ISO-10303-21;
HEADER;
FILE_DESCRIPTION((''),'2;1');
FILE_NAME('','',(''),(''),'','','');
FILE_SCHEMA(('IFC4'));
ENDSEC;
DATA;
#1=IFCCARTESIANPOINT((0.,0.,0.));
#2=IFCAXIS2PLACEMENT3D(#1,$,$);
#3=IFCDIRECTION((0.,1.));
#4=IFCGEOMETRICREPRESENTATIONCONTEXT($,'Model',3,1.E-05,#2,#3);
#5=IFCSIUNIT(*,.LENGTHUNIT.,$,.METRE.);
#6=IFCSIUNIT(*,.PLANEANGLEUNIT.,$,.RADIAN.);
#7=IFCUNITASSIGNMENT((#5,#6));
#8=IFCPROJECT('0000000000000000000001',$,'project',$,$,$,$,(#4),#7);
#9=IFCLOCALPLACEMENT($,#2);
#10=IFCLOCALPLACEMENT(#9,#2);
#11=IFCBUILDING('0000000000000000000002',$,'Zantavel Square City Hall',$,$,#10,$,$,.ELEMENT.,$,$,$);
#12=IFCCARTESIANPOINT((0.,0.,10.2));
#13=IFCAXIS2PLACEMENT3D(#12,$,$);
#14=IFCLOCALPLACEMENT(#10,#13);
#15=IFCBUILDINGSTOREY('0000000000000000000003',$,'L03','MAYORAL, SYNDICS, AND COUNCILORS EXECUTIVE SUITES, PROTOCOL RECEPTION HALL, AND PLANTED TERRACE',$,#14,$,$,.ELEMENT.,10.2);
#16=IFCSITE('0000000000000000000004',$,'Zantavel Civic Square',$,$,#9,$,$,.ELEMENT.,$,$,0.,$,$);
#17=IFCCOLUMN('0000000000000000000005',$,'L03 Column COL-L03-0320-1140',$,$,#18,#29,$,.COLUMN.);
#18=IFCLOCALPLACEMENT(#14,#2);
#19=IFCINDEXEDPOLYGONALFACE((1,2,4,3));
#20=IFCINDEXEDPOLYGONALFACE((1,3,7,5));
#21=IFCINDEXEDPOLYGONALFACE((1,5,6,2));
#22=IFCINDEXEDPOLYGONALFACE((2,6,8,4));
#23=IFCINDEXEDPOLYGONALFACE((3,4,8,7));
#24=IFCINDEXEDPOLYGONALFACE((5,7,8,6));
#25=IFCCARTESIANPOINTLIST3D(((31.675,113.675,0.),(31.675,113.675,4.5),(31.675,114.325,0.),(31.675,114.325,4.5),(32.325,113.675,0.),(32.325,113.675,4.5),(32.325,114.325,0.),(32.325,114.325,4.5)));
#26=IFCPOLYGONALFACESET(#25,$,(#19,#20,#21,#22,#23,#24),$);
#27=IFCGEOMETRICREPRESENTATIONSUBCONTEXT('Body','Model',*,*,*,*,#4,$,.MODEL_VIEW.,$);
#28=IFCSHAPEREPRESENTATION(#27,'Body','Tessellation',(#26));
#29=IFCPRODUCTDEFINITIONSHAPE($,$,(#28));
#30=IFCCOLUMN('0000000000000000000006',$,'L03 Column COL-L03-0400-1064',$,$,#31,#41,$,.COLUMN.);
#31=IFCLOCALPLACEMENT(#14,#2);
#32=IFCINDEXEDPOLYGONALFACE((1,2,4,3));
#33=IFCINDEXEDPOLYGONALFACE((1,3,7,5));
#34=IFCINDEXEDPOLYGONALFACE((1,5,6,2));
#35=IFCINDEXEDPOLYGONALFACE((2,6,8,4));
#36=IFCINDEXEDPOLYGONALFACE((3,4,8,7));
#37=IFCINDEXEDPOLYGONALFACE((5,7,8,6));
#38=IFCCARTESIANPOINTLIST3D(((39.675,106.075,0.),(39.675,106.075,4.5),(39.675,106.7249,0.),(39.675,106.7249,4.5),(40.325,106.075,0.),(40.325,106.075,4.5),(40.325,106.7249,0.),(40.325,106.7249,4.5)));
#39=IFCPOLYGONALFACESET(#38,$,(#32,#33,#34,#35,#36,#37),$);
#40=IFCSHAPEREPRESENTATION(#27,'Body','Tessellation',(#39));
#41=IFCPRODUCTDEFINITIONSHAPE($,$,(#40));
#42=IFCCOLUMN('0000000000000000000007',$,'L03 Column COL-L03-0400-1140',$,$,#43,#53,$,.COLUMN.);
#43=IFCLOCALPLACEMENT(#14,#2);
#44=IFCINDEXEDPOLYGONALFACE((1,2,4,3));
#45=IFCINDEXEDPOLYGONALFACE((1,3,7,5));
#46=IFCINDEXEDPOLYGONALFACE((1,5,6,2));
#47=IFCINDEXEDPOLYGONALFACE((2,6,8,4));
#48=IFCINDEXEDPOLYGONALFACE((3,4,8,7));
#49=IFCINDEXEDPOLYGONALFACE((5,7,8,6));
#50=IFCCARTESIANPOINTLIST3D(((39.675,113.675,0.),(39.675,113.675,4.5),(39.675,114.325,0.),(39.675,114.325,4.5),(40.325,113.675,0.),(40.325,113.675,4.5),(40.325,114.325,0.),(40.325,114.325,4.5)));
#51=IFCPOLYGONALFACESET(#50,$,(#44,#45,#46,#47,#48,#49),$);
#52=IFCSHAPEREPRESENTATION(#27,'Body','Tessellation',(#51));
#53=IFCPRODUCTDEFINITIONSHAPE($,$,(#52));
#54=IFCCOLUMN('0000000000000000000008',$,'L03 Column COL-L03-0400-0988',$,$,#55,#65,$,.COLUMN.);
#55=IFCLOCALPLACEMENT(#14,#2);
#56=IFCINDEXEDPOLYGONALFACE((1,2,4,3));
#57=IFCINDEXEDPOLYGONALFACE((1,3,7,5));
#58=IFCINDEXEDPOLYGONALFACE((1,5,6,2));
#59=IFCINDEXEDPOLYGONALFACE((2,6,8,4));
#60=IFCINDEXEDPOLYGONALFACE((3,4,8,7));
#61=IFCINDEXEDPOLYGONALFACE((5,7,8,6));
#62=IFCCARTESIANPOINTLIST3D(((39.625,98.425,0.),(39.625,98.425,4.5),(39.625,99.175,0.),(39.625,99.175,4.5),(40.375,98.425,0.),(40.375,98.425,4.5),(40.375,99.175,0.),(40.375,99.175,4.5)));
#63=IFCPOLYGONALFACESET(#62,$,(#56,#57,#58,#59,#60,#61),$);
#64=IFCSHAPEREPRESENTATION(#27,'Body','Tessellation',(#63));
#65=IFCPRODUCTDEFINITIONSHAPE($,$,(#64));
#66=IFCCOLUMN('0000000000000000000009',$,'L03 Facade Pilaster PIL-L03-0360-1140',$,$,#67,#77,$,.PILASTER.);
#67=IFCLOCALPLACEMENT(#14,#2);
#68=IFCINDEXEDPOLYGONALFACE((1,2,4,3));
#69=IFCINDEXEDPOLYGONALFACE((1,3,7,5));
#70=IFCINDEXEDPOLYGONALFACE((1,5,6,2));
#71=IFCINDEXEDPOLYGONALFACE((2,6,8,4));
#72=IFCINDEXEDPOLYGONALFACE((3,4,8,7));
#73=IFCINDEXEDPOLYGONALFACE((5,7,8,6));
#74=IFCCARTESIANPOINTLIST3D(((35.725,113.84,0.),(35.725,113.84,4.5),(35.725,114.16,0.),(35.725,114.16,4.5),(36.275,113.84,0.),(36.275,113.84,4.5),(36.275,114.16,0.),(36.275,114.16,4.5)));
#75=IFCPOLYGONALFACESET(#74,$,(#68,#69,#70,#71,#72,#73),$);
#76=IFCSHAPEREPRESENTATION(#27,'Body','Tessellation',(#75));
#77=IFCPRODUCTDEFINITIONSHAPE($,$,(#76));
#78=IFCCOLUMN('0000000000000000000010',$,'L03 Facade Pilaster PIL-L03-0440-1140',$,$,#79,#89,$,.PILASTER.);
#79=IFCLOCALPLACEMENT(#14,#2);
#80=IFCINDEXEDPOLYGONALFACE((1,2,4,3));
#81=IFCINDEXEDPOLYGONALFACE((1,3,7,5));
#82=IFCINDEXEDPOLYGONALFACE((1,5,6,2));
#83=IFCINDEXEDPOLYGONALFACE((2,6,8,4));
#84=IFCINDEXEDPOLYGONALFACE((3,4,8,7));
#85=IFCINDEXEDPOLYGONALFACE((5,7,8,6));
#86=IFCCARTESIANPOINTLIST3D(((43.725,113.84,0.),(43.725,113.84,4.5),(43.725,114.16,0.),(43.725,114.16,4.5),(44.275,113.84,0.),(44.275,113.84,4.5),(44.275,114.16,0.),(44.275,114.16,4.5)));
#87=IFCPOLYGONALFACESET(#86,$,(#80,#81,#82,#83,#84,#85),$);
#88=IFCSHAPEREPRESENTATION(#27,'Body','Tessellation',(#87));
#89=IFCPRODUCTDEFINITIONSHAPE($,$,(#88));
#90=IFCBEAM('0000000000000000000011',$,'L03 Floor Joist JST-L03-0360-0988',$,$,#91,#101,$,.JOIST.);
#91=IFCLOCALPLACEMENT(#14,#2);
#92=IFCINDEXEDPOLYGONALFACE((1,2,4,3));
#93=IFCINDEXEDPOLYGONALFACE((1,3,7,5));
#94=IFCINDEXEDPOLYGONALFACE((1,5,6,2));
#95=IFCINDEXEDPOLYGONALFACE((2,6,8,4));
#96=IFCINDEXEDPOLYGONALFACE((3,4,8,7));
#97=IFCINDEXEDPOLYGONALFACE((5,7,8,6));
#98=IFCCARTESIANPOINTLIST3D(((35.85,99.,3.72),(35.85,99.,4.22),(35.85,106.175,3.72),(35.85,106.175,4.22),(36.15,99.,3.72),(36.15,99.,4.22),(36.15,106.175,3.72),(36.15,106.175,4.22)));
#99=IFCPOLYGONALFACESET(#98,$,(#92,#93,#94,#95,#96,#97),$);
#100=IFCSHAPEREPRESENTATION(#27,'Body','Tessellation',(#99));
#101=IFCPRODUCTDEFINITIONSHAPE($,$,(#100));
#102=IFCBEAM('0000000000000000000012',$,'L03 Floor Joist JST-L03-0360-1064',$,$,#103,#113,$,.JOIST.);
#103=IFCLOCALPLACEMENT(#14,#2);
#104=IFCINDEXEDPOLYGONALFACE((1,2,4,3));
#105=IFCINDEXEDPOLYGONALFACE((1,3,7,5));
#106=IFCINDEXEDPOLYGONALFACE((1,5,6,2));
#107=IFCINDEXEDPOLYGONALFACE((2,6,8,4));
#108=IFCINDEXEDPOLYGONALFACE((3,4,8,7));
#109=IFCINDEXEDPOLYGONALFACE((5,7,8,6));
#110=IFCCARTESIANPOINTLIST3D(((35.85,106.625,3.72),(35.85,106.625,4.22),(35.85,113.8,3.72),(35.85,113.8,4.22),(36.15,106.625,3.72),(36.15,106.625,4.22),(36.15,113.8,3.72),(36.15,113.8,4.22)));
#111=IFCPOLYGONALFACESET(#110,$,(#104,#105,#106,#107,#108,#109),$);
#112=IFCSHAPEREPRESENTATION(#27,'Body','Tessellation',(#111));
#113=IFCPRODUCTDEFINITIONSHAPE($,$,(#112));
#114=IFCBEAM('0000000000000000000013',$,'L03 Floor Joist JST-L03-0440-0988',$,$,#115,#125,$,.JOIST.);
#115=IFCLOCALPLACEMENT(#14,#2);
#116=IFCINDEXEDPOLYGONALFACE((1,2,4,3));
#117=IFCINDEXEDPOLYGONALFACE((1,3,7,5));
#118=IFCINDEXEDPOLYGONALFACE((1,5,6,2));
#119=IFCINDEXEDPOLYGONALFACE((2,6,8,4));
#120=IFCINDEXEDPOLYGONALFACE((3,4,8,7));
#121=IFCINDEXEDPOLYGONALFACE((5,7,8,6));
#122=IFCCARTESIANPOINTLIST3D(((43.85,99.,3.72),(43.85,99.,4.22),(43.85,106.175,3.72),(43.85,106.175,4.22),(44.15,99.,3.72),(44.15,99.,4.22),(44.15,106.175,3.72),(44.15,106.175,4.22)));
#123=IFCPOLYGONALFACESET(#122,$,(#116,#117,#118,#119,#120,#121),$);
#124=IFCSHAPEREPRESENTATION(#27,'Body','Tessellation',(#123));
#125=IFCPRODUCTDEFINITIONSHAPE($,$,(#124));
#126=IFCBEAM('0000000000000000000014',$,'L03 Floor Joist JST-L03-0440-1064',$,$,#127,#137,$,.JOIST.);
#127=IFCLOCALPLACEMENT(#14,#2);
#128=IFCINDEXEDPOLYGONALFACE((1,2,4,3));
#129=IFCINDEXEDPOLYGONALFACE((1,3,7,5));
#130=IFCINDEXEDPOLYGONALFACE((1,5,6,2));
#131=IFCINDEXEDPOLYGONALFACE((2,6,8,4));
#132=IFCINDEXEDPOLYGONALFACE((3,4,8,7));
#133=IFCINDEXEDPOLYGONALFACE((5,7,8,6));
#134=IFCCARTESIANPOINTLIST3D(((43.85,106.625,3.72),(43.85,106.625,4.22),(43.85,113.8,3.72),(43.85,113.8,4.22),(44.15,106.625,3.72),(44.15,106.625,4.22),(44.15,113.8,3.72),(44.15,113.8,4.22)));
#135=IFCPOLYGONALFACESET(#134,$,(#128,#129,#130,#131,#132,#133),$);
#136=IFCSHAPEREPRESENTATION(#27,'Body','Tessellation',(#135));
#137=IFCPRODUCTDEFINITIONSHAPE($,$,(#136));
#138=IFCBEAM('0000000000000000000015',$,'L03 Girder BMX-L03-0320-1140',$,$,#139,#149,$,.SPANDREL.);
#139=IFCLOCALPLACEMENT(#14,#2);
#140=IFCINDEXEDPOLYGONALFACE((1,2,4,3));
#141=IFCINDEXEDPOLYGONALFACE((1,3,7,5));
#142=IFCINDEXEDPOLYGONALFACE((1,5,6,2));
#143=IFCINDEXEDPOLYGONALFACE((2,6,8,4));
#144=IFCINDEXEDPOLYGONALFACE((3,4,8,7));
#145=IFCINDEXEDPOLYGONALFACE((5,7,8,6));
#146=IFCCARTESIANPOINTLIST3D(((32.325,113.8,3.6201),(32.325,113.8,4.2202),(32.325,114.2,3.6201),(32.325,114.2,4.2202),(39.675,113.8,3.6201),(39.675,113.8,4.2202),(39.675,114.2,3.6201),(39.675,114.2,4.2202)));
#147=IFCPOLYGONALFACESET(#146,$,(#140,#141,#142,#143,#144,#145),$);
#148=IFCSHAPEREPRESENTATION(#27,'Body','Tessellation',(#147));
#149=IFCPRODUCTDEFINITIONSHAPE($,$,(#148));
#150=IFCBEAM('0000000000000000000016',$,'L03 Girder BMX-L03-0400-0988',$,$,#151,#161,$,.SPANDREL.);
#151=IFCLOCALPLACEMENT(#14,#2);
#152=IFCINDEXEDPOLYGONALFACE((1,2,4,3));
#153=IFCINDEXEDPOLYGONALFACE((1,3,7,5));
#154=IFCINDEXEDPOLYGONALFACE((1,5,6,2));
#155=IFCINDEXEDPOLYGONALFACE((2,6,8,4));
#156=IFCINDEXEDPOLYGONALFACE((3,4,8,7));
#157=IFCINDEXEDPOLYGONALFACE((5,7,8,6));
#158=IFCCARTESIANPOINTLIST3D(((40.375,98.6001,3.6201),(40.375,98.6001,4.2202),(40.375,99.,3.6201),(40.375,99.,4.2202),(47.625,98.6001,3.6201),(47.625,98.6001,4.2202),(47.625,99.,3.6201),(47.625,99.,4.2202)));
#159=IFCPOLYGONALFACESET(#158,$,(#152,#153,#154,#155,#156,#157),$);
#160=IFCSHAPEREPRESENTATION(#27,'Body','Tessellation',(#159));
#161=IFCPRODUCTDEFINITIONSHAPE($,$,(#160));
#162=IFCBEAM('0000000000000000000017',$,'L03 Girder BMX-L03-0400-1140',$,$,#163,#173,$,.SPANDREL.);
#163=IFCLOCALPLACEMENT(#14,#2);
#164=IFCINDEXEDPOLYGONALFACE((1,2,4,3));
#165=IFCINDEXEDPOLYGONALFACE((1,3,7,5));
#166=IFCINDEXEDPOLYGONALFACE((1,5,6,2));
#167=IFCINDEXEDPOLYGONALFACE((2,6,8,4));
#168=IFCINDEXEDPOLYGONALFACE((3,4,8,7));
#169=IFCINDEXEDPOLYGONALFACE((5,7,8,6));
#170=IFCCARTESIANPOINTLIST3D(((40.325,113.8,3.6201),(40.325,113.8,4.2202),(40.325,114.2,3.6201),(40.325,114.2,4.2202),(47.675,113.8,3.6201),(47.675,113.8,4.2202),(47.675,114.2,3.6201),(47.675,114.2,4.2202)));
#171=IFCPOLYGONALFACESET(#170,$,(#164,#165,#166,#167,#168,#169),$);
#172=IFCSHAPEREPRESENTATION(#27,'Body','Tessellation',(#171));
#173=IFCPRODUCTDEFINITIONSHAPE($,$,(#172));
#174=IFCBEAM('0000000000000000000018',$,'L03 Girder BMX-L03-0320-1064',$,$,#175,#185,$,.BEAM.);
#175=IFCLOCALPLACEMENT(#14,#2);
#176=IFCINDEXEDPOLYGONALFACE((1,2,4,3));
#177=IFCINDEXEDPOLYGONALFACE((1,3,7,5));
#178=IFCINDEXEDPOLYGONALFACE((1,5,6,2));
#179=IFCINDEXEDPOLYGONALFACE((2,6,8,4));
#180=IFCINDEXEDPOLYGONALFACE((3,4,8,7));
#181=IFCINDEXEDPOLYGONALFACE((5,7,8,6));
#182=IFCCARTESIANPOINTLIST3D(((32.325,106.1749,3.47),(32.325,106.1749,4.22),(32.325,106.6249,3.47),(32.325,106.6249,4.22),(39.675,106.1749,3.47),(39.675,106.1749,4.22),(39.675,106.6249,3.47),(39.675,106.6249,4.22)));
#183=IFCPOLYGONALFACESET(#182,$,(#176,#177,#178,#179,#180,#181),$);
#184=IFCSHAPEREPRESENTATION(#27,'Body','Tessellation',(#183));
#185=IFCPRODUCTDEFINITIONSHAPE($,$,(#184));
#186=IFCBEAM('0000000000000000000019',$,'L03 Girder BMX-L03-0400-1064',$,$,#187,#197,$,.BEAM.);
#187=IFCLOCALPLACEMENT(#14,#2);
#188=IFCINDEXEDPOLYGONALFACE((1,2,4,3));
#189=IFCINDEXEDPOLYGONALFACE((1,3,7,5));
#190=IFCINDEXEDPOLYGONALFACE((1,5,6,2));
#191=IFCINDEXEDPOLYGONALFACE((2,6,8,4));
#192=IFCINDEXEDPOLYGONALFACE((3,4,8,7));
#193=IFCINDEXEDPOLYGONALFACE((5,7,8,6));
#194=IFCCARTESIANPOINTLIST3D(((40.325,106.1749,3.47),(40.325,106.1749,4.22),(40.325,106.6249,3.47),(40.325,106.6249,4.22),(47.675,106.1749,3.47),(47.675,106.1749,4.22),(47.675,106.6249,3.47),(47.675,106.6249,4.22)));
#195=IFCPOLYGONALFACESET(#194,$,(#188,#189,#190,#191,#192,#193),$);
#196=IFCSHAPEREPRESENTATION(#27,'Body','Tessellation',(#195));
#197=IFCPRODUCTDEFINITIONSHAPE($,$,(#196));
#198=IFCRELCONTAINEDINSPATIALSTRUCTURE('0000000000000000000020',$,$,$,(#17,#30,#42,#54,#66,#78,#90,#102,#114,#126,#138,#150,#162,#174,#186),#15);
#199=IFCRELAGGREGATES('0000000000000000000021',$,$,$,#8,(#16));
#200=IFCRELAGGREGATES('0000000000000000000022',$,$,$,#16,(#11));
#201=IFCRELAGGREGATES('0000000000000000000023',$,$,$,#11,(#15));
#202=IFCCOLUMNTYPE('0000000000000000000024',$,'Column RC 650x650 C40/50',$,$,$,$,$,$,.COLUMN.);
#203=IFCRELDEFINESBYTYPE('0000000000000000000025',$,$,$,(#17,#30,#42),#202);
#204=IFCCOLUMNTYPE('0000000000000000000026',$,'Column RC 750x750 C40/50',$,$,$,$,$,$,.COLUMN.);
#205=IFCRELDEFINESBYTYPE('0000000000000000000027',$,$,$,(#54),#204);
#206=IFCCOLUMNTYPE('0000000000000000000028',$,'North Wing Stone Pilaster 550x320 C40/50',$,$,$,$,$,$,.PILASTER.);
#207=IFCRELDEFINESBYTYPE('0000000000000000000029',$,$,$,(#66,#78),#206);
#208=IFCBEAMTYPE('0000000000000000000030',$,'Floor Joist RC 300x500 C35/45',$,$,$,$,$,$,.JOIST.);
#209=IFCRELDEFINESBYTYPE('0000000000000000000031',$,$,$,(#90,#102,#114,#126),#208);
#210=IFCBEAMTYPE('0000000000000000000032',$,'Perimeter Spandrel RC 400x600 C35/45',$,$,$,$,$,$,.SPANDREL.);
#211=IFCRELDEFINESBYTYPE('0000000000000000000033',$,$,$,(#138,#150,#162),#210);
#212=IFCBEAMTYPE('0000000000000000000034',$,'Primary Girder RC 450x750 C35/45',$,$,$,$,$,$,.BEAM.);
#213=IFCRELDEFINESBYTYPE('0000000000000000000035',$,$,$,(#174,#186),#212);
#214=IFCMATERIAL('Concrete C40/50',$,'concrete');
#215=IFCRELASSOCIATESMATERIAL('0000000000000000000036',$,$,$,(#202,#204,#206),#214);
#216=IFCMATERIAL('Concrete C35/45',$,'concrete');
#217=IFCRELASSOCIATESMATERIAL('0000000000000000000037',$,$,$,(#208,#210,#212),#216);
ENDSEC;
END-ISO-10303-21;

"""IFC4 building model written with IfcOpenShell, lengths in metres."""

from ifc_helpers import new_model, si_unit, direction, frame, origin, origin_2d, place, context, subcontext, project, spatial, rectangle, extrude, material, material_profile, profile_set, type_object, element, save


model = new_model("IFC4")

# Units and contexts
model_context = context("Model", 3, precision=1e-05, world=origin(), true_north=direction((0.0, 1.0)))
body_context = subcontext(model_context, "Body", "Model", "MODEL_VIEW")
ifc_project = project(units=[si_unit("LENGTHUNIT", "METRE"), si_unit("PLANEANGLEUNIT", "RADIAN")], contexts=[model_context])

# Site, building, storey
site_placement = place(None, origin())
site = spatial("IfcSite", under=ifc_project, at=site_placement, Name="Zantavel Civic Square", CompositionType="ELEMENT", RefElevation=0.0)
building_placement = place(site_placement, origin())
building = spatial("IfcBuilding", under=site, at=building_placement, Name="Zantavel Square City Hall", CompositionType="ELEMENT")
storey_placement = place(building_placement, frame((0.0, 0.0, 10.2)))
storey = spatial("IfcBuildingStorey", under=building, at=storey_placement, Name="L03", Description="MAYORAL, SYNDICS, AND COUNCILORS EXECUTIVE SUITES, PROTOCOL RECEPTION HALL, AND PLANTED TERRACE", CompositionType="ELEMENT", Elevation=10.2)

# Columns
ifc_material_1 = material(Name="Concrete C40/50", Category="concrete")
ifc_material_profile_1 = material_profile(ifc_material_1, rectangle(XDim=0.6499, YDim=0.6499, at=origin_2d()), Name="RC 650x650")
ifc_profile_set_1 = profile_set([ifc_material_profile_1], Name="Concrete C40/50")
column_type_1 = type_object("IfcColumnType", Name="Column RC 650x650 C40/50", PredefinedType="COLUMN", material=ifc_profile_set_1)
for number, where, z_axis, x_axis, name in (
    (1, (32.0, 114.0, 0.0), (0.0, 0.0, 1.0), (1.0, 0.0, 0.0), "L03 Column COL-L03-0320-1140"),
    (2, (40.0, 106.3999, 0.0), (0.0, 0.0, 1.0), (1.0, 0.0, 0.0), "L03 Column COL-L03-0400-1064"),
    (3, (40.0, 114.0, 0.0), (0.0, 0.0, 1.0), (1.0, 0.0, 0.0), "L03 Column COL-L03-0400-1140"),
):
    element("IfcColumn", number, at=place(storey_placement, frame(where, z_axis=z_axis, x_axis=x_axis)), inside=storey, type_object=column_type_1, Name=name, PredefinedType="COLUMN", context=body_context, shape_type="SweptSolid", body=[
        extrude(rectangle(XDim=0.6499, YDim=0.6499, at=origin_2d()), origin(), (0.0, 0.0, 1.0), 4.5),
    ])
ifc_material_profile_2 = material_profile(ifc_material_1, rectangle(XDim=0.75, YDim=0.75, at=origin_2d()), Name="RC 750x750")
ifc_profile_set_2 = profile_set([ifc_material_profile_2], Name="Concrete C40/50")
column_type_2 = type_object("IfcColumnType", Name="Column RC 750x750 C40/50", PredefinedType="COLUMN", material=ifc_profile_set_2)
column_placement = place(storey_placement, frame((40.0, 98.8, 0.0), z_axis=(0.0, 0.0, 1.0), x_axis=(1.0, 0.0, 0.0)))
element("IfcColumn", 4, at=column_placement, inside=storey, type_object=column_type_2, Name="L03 Column COL-L03-0400-0988", PredefinedType="COLUMN", context=body_context, shape_type="SweptSolid", body=[
    extrude(rectangle(XDim=0.75, YDim=0.75, at=origin_2d()), origin(), (0.0, 0.0, 1.0), 4.5),
])
ifc_material_profile_3 = material_profile(ifc_material_1, rectangle(XDim=0.55, YDim=0.3201, at=origin_2d()), Name="RC 550x320")
ifc_profile_set_3 = profile_set([ifc_material_profile_3], Name="Concrete C40/50")
column_type_3 = type_object("IfcColumnType", Name="North Wing Stone Pilaster 550x320 C40/50", PredefinedType="PILASTER", material=ifc_profile_set_3)
for number, where, z_axis, x_axis, name in (
    (5, (36.0, 114.0, 0.0), (0.0, 0.0, 1.0), (1.0, 0.0, 0.0), "L03 Facade Pilaster PIL-L03-0360-1140"),
    (6, (44.0, 114.0, 0.0), (0.0, 0.0, 1.0), (1.0, 0.0, 0.0), "L03 Facade Pilaster PIL-L03-0440-1140"),
):
    element("IfcColumn", number, at=place(storey_placement, frame(where, z_axis=z_axis, x_axis=x_axis)), inside=storey, type_object=column_type_3, Name=name, PredefinedType="PILASTER", context=body_context, shape_type="SweptSolid", body=[
        extrude(rectangle(XDim=0.55, YDim=0.3201, at=origin_2d()), origin(), (0.0, 0.0, 1.0), 4.5),
    ])

# Beams
ifc_material_2 = material(Name="Concrete C35/45", Category="concrete")
ifc_material_profile_4 = material_profile(ifc_material_2, rectangle(XDim=0.3, YDim=0.5, at=origin_2d()), Name="RC 300x500")
ifc_profile_set_4 = profile_set([ifc_material_profile_4], Name="Concrete C35/45")
beam_type_1 = type_object("IfcBeamType", Name="Floor Joist RC 300x500 C35/45", PredefinedType="JOIST", material=ifc_profile_set_4)
for number, where, z_axis, x_axis, name in (
    (7, (36.0, 99.0, 3.97), (0.0, 1.0, 0.0), (-1.0, 0.0, 0.0), "L03 Floor Joist JST-L03-0360-0988"),
    (8, (36.0, 106.625, 3.97), (0.0, 1.0, 0.0), (-1.0, 0.0, 0.0), "L03 Floor Joist JST-L03-0360-1064"),
    (9, (44.0, 99.0, 3.97), (0.0, 1.0, 0.0), (-1.0, 0.0, 0.0), "L03 Floor Joist JST-L03-0440-0988"),
    (10, (44.0, 106.625, 3.97), (0.0, 1.0, 0.0), (-1.0, 0.0, 0.0), "L03 Floor Joist JST-L03-0440-1064"),
):
    element("IfcBeam", number, at=place(storey_placement, frame(where, z_axis=z_axis, x_axis=x_axis)), inside=storey, type_object=beam_type_1, Name=name, PredefinedType="JOIST", context=body_context, shape_type="SweptSolid", body=[
        extrude(rectangle(XDim=0.3, YDim=0.5, at=origin_2d()), origin(), (0.0, 0.0, 1.0), 7.175),
    ])
ifc_material_profile_5 = material_profile(ifc_material_2, rectangle(XDim=0.3999, YDim=0.6001, at=origin_2d()), Name="RC 400x600")
ifc_profile_set_5 = profile_set([ifc_material_profile_5], Name="Concrete C35/45")
beam_type_2 = type_object("IfcBeamType", Name="Perimeter Spandrel RC 400x600 C35/45", PredefinedType="SPANDREL", material=ifc_profile_set_5)
beam_1_placement = place(storey_placement, frame((32.325, 114.0, 3.9202), z_axis=(1.0, 0.0, 0.0), x_axis=(0.0, 1.0, 0.0)))
element("IfcBeam", 11, at=beam_1_placement, inside=storey, type_object=beam_type_2, Name="L03 Girder BMX-L03-0320-1140", PredefinedType="SPANDREL", context=body_context, shape_type="SweptSolid", body=[
    extrude(rectangle(XDim=0.3999, YDim=0.6001, at=origin_2d()), origin(), (0.0, 0.0, 1.0), 7.3501),
])
beam_2_placement = place(storey_placement, frame((40.375, 98.8, 3.9202), z_axis=(1.0, 0.0, 0.0), x_axis=(0.0, 1.0, 0.0)))
element("IfcBeam", 12, at=beam_2_placement, inside=storey, type_object=beam_type_2, Name="L03 Girder BMX-L03-0400-0988", PredefinedType="SPANDREL", context=body_context, shape_type="SweptSolid", body=[
    extrude(rectangle(XDim=0.3999, YDim=0.6001, at=origin_2d()), origin(), (0.0, 0.0, 1.0), 7.25),
])
beam_3_placement = place(storey_placement, frame((40.325, 114.0, 3.9202), z_axis=(1.0, 0.0, 0.0), x_axis=(0.0, 1.0, 0.0)))
element("IfcBeam", 13, at=beam_3_placement, inside=storey, type_object=beam_type_2, Name="L03 Girder BMX-L03-0400-1140", PredefinedType="SPANDREL", context=body_context, shape_type="SweptSolid", body=[
    extrude(rectangle(XDim=0.3999, YDim=0.6001, at=origin_2d()), origin(), (0.0, 0.0, 1.0), 7.3501),
])
ifc_material_profile_6 = material_profile(ifc_material_2, rectangle(XDim=0.45, YDim=0.75, at=origin_2d()), Name="RC 450x750")
ifc_profile_set_6 = profile_set([ifc_material_profile_6], Name="Concrete C35/45")
beam_type_3 = type_object("IfcBeamType", Name="Primary Girder RC 450x750 C35/45", PredefinedType="BEAM", material=ifc_profile_set_6)
for number, where, z_axis, x_axis, name in (
    (14, (32.325, 106.3999, 3.845), (1.0, 0.0, 0.0), (0.0, 1.0, 0.0), "L03 Girder BMX-L03-0320-1064"),
    (15, (40.325, 106.3999, 3.845), (1.0, 0.0, 0.0), (0.0, 1.0, 0.0), "L03 Girder BMX-L03-0400-1064"),
):
    element("IfcBeam", number, at=place(storey_placement, frame(where, z_axis=z_axis, x_axis=x_axis)), inside=storey, type_object=beam_type_3, Name=name, PredefinedType="BEAM", context=body_context, shape_type="SweptSolid", body=[
        extrude(rectangle(XDim=0.45, YDim=0.75, at=origin_2d()), origin(), (0.0, 0.0, 1.0), 7.3501),
    ])

save(model, "model.ifc")
